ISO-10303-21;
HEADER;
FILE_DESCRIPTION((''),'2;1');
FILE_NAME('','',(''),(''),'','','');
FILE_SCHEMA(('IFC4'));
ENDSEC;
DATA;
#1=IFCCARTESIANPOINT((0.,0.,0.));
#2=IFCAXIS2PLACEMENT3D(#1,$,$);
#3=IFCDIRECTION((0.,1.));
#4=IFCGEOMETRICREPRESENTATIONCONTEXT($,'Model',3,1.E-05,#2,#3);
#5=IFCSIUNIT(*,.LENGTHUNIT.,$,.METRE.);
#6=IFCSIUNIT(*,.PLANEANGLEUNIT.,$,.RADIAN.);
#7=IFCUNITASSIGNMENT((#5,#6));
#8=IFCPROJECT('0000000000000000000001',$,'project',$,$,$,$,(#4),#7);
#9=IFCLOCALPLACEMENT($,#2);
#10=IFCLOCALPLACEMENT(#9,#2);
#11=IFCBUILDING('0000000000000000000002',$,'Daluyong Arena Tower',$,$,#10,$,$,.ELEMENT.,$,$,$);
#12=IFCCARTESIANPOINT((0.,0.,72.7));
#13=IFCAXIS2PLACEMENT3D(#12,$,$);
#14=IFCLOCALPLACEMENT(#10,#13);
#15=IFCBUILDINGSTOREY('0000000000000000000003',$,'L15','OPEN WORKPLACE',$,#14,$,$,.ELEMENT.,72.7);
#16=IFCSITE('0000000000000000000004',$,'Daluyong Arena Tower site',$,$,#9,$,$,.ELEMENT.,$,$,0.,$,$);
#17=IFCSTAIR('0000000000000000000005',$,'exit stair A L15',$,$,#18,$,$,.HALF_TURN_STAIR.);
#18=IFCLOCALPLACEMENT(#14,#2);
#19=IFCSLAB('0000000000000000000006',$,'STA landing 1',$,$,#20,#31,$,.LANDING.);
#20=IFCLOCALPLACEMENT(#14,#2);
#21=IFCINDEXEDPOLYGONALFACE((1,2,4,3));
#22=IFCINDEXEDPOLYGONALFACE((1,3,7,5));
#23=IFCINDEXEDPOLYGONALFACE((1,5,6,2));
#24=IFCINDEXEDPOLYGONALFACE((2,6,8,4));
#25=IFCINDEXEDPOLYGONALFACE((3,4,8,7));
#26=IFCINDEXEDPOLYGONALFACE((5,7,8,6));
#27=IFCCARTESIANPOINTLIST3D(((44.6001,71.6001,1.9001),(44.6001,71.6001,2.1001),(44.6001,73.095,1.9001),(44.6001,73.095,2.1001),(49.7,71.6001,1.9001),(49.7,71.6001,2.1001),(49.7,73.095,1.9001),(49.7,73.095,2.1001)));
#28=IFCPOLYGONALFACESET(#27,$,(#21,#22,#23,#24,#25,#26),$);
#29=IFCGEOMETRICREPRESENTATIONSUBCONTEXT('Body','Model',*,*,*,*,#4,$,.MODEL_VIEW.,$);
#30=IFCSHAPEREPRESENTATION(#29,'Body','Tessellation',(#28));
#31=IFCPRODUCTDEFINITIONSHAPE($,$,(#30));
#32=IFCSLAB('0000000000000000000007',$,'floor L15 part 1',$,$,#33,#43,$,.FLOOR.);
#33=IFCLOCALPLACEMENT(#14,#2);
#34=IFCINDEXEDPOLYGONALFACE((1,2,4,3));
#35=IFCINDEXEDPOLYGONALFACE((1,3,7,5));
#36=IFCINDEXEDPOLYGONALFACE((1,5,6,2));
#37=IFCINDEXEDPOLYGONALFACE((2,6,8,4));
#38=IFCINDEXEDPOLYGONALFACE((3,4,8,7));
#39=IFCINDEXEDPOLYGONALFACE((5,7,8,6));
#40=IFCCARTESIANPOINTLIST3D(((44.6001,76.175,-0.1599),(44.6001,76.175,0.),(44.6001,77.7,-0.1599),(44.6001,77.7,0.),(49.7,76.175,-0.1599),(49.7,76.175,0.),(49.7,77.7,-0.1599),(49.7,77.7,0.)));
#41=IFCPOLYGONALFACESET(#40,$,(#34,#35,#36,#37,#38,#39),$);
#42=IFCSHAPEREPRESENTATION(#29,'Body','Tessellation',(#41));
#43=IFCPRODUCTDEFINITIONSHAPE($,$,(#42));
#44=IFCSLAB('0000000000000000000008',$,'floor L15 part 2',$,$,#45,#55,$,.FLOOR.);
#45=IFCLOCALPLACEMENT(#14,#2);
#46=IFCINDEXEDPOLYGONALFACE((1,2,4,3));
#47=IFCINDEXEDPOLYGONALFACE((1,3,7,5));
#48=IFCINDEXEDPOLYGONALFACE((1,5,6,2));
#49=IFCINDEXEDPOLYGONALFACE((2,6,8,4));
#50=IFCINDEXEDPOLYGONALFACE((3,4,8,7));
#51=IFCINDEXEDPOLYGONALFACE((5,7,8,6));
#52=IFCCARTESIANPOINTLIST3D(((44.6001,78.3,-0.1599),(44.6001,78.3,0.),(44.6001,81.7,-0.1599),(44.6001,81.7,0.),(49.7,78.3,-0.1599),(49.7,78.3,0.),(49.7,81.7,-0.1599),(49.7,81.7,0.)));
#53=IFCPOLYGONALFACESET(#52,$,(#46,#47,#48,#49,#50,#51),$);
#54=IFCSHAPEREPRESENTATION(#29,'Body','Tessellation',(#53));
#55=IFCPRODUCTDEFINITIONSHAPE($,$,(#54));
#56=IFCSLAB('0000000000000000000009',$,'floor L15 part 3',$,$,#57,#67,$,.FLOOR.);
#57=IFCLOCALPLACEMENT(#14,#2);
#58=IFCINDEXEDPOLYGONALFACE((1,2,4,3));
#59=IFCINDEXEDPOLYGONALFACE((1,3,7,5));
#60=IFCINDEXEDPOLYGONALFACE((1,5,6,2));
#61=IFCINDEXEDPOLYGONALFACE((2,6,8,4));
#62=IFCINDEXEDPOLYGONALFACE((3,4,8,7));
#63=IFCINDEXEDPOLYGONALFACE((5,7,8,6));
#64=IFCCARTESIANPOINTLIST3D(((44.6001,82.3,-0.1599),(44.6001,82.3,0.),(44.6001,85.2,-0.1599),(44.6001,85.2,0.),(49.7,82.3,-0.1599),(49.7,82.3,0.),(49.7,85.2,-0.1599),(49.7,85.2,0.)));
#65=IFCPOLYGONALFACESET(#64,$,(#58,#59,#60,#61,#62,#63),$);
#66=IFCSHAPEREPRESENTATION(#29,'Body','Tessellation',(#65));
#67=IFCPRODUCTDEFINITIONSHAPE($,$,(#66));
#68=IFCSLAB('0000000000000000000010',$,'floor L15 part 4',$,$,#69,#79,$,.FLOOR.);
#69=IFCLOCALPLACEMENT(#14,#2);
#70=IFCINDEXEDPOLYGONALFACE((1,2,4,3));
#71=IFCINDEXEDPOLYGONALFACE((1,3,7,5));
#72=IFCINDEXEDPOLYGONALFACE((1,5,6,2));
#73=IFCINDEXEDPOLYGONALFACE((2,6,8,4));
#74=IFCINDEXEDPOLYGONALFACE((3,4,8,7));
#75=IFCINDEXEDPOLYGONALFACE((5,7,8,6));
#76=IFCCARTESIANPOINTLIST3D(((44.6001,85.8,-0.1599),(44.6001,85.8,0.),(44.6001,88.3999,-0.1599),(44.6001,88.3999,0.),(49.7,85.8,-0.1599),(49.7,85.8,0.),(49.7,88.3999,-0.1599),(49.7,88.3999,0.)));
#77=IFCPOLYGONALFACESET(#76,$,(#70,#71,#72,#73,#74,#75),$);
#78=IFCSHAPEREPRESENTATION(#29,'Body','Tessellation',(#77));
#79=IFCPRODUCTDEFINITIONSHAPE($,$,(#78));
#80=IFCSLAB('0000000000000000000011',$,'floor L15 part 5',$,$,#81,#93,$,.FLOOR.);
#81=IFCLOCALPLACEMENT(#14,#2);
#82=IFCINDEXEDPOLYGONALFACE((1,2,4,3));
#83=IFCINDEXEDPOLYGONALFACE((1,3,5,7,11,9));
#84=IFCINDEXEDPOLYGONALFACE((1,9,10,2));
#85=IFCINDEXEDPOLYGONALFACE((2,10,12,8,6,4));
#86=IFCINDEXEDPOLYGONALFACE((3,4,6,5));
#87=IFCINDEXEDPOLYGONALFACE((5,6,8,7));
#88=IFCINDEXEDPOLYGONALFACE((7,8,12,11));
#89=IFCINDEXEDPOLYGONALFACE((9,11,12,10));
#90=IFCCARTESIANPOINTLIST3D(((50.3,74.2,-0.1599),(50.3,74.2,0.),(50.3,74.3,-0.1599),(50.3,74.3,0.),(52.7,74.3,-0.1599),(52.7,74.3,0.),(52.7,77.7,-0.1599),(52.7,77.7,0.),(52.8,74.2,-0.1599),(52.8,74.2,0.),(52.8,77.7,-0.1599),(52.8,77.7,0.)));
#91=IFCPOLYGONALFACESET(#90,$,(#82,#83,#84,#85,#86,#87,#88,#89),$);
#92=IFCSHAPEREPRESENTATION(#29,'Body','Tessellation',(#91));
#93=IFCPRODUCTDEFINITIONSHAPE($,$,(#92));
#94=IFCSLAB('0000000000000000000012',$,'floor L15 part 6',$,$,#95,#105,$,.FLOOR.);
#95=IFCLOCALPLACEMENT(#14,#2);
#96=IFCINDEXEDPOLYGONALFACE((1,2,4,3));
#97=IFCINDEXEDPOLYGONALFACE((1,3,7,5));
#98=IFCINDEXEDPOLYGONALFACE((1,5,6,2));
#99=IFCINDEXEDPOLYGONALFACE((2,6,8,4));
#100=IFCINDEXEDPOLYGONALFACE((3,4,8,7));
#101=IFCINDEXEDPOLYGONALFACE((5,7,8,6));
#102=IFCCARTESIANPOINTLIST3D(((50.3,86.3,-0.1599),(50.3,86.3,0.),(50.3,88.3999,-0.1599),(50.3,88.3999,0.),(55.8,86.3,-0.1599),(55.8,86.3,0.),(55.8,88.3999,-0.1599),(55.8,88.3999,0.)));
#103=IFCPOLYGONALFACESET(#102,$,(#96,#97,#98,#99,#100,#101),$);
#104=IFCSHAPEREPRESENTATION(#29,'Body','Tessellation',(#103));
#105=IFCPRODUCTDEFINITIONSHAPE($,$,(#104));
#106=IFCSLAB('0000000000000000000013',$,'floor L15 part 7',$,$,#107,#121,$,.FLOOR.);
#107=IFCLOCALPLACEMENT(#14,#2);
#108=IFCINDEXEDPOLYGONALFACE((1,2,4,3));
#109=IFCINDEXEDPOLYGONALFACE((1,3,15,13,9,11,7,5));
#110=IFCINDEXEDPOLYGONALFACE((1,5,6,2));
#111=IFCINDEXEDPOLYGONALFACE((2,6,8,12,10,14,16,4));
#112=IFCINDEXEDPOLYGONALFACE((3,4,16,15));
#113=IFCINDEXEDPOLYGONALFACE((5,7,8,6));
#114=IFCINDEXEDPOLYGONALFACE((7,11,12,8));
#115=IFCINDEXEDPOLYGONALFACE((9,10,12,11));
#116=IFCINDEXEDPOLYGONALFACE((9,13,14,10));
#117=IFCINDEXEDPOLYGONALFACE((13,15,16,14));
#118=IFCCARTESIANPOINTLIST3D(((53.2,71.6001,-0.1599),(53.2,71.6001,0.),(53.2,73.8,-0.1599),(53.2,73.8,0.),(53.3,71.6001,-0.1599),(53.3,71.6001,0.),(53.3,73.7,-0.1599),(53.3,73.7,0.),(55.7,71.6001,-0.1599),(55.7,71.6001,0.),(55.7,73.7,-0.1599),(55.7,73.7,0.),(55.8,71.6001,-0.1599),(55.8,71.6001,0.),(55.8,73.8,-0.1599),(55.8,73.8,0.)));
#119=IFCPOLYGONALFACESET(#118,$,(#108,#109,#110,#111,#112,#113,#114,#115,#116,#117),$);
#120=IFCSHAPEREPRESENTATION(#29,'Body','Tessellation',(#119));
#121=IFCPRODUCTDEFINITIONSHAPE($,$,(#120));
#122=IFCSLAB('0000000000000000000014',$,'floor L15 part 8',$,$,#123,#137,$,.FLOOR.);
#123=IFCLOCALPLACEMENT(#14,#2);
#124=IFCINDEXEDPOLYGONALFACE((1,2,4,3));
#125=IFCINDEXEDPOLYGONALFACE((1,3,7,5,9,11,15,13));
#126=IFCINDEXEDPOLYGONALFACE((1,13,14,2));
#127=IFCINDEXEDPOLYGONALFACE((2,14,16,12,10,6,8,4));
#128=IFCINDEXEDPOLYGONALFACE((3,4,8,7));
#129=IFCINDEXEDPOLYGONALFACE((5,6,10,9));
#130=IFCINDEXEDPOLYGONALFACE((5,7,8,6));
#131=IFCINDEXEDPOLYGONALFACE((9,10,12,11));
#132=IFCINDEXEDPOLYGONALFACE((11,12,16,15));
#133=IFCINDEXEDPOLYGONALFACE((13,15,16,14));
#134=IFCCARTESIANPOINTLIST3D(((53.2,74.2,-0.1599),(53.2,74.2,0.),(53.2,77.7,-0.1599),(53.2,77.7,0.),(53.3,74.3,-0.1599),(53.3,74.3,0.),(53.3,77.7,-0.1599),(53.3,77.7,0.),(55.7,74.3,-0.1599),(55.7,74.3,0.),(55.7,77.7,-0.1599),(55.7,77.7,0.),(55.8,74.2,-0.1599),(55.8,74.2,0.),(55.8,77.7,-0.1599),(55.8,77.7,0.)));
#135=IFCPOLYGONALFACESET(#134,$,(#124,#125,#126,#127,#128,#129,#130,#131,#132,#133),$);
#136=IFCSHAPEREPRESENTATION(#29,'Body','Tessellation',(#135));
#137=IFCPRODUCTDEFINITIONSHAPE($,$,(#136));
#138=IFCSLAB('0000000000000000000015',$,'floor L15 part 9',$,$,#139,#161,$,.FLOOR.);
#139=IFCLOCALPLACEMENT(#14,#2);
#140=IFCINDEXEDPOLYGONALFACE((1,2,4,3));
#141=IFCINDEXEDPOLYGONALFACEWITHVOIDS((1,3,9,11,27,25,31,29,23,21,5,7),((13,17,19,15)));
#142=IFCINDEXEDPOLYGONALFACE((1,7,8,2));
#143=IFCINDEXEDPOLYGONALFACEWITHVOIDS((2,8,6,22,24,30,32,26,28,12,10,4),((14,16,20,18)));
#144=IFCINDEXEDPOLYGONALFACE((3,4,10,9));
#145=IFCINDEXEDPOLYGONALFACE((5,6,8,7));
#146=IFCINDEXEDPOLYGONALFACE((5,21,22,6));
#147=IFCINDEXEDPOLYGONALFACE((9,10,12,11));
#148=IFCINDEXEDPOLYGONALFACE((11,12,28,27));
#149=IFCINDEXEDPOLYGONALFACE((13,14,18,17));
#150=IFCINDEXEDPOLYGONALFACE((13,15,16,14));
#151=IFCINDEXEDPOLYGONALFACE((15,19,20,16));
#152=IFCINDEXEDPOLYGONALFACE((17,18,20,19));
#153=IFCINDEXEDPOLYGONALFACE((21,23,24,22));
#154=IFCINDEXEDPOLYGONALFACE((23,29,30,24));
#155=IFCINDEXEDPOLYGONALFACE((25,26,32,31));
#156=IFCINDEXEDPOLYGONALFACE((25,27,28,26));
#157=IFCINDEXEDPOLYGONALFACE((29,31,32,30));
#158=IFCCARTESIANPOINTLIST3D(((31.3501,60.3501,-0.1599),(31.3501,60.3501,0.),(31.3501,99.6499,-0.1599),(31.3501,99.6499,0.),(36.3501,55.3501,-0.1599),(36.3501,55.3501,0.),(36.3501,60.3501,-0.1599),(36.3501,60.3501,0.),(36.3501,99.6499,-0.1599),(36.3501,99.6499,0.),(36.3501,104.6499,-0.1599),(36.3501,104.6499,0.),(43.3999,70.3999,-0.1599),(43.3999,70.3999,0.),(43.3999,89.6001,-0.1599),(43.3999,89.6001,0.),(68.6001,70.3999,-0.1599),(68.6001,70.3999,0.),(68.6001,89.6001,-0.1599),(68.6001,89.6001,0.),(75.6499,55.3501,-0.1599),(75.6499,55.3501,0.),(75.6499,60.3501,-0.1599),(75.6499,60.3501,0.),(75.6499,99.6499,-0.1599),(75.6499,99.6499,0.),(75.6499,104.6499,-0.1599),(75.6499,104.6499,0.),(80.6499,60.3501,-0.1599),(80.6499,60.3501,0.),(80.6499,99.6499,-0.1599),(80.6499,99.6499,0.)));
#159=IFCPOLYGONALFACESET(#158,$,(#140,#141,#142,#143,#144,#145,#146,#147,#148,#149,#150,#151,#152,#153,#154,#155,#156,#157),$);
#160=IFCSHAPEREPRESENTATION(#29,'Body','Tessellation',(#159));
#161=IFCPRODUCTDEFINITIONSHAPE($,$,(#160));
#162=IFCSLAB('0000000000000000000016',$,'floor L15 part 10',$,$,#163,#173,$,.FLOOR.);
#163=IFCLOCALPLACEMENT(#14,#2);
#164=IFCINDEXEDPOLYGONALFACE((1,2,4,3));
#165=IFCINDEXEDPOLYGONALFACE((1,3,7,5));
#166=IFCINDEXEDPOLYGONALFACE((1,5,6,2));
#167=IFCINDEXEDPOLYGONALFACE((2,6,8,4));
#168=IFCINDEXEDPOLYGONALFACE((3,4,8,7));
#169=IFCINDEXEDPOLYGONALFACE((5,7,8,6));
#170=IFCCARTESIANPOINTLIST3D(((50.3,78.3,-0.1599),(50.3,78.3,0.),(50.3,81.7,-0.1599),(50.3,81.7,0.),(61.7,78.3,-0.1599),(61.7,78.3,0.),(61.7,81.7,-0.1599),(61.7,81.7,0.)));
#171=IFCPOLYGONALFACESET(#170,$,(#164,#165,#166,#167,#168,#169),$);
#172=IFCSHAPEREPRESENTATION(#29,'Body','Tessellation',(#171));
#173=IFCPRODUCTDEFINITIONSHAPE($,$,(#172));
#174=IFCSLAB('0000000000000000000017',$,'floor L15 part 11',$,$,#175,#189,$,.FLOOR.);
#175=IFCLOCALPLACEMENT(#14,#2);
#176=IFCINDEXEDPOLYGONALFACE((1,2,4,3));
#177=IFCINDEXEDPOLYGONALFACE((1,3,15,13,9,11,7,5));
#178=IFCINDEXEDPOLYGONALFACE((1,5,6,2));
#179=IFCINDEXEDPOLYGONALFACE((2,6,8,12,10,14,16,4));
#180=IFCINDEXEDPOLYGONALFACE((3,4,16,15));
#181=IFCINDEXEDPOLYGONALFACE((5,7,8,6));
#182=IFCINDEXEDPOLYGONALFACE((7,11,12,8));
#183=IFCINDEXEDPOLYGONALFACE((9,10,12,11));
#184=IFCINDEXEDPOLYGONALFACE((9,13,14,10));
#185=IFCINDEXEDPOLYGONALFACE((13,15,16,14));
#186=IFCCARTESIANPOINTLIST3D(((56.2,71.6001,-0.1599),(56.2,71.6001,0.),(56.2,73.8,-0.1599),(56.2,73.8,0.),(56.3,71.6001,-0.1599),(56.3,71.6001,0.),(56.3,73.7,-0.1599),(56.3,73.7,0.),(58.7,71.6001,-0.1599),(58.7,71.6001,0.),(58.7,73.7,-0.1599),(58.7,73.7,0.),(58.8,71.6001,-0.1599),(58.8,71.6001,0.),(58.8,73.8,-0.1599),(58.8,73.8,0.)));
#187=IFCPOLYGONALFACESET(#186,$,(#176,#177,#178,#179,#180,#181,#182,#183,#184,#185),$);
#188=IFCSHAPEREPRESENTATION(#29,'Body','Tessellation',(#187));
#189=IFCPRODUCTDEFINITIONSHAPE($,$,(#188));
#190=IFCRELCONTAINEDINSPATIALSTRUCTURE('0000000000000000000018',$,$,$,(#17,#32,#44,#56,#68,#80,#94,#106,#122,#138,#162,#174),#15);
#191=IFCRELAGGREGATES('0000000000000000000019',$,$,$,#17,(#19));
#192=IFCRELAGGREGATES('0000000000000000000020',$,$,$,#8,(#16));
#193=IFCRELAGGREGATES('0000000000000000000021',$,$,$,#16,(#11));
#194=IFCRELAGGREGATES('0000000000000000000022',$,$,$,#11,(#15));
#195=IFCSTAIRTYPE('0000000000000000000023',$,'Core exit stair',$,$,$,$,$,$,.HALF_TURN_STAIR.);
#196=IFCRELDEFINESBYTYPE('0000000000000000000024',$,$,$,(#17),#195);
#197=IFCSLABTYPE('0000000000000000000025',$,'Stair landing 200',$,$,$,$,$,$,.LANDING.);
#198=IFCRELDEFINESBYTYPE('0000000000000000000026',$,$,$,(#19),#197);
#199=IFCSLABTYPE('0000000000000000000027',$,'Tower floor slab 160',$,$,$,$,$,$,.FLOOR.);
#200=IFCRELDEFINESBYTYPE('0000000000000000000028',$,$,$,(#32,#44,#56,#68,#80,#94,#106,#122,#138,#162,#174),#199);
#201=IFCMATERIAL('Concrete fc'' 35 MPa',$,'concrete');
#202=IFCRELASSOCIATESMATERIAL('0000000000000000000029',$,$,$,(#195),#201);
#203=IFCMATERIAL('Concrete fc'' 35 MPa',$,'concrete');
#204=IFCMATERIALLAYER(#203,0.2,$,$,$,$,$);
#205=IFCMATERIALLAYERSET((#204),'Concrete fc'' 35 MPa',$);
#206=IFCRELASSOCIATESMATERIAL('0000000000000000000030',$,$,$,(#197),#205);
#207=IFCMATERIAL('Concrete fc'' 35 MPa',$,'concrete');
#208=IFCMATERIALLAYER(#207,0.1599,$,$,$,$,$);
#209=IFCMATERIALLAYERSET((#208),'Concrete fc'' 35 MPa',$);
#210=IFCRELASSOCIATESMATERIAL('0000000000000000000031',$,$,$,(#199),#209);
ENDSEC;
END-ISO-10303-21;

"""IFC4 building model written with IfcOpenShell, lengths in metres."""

from ifc_helpers import new_model, si_unit, direction, frame, origin, place, context, subcontext, project, spatial, polyline, outline, extrude, material, layer, layer_set, type_object, element, aggregate, save


model = new_model("IFC4")

# Units and contexts
model_context = context("Model", 3, precision=1e-05, world=origin(), true_north=direction((0.0, 1.0)))
body_context = subcontext(model_context, "Body", "Model", "MODEL_VIEW")
ifc_project = project(units=[si_unit("LENGTHUNIT", "METRE"), si_unit("PLANEANGLEUNIT", "RADIAN")], contexts=[model_context])

# Site, building, storey
site_placement = place(None, origin())
site = spatial("IfcSite", under=ifc_project, at=site_placement, Name="Daluyong Arena Tower site", CompositionType="ELEMENT", RefElevation=0.0)
building_placement = place(site_placement, origin())
building = spatial("IfcBuilding", under=site, at=building_placement, Name="Daluyong Arena Tower", CompositionType="ELEMENT")
storey_placement = place(building_placement, frame((0.0, 0.0, 72.7)))
storey = spatial("IfcBuildingStorey", under=building, at=storey_placement, Name="L15", Description="OPEN WORKPLACE", CompositionType="ELEMENT", Elevation=72.7)

# Stair, slab
ifc_material_1 = material(Name="Concrete fc' 35 MPa", Category="concrete")
stair_type = type_object("IfcStairType", Name="Core exit stair", PredefinedType="HALF_TURN_STAIR", material=ifc_material_1)
stair_placement = place(storey_placement, origin())
stair = element("IfcStair", 1, at=stair_placement, inside=storey, type_object=stair_type, Name="exit stair A L15", PredefinedType="HALF_TURN_STAIR")
ifc_material_2 = material(Name="Concrete fc' 35 MPa", Category="concrete")
ifc_layer_1 = layer(ifc_material_2, 0.2)
ifc_layer_set_1 = layer_set([ifc_layer_1], Name="Concrete fc' 35 MPa")
slab_type_1 = type_object("IfcSlabType", Name="Stair landing 200", PredefinedType="LANDING", material=ifc_layer_set_1)
slab_1_placement = place(storey_placement, frame((0.0, 0.0, 1.9001)))
slab_1 = element("IfcSlab", 2, at=slab_1_placement, type_object=slab_type_1, Name="STA landing 1", PredefinedType="LANDING", context=body_context, shape_type="SweptSolid", body=[
    extrude(outline(polyline([(44.6001, 71.6001), (49.7, 71.6001), (49.7, 73.095), (44.6001, 73.095), (44.6001, 71.6001)])), origin(), (0.0, 0.0, 1.0), 0.2),
])
aggregate(stair, [slab_1])

# Slabs
ifc_material_3 = material(Name="Concrete fc' 35 MPa", Category="concrete")
ifc_layer_2 = layer(ifc_material_3, 0.1599)
ifc_layer_set_2 = layer_set([ifc_layer_2], Name="Concrete fc' 35 MPa")
slab_type_2 = type_object("IfcSlabType", Name="Tower floor slab 160", PredefinedType="FLOOR", material=ifc_layer_set_2)
slab_2_placement = place(storey_placement, frame((0.0, 0.0, -0.1599)))
element("IfcSlab", 3, at=slab_2_placement, inside=storey, type_object=slab_type_2, Name="floor L15 part 1", PredefinedType="FLOOR", context=body_context, shape_type="SweptSolid", body=[
    extrude(outline(polyline([(49.7, 76.175), (49.7, 77.7), (44.6001, 77.7), (44.6001, 76.175), (49.7, 76.175)])), origin(), (0.0, 0.0, 1.0), 0.1599),
])
slab_3_placement = place(storey_placement, frame((0.0, 0.0, -0.1599)))
element("IfcSlab", 4, at=slab_3_placement, inside=storey, type_object=slab_type_2, Name="floor L15 part 2", PredefinedType="FLOOR", context=body_context, shape_type="SweptSolid", body=[
    extrude(outline(polyline([(49.7, 78.3), (49.7, 81.7), (44.6001, 81.7), (44.6001, 78.3), (49.7, 78.3)])), origin(), (0.0, 0.0, 1.0), 0.1599),
])
slab_4_placement = place(storey_placement, frame((0.0, 0.0, -0.1599)))
element("IfcSlab", 5, at=slab_4_placement, inside=storey, type_object=slab_type_2, Name="floor L15 part 3", PredefinedType="FLOOR", context=body_context, shape_type="SweptSolid", body=[
    extrude(outline(polyline([(49.7, 82.3), (49.7, 85.2), (44.6001, 85.2), (44.6001, 82.3), (49.7, 82.3)])), origin(), (0.0, 0.0, 1.0), 0.1599),
])
slab_5_placement = place(storey_placement, frame((0.0, 0.0, -0.1599)))
element("IfcSlab", 6, at=slab_5_placement, inside=storey, type_object=slab_type_2, Name="floor L15 part 4", PredefinedType="FLOOR", context=body_context, shape_type="SweptSolid", body=[
    extrude(outline(polyline([(44.6001, 88.3999), (44.6001, 85.8), (49.7, 85.8), (49.7, 88.3999), (44.6001, 88.3999)])), origin(), (0.0, 0.0, 1.0), 0.1599),
])
slab_6_placement = place(storey_placement, frame((0.0, 0.0, -0.1599)))
element("IfcSlab", 7, at=slab_6_placement, inside=storey, type_object=slab_type_2, Name="floor L15 part 5", PredefinedType="FLOOR", context=body_context, shape_type="SweptSolid", body=[
    extrude(outline(polyline([(50.3, 74.3), (50.3, 74.2), (52.8, 74.2), (52.8, 77.7), (52.7, 77.7), (52.7, 74.3), (50.3, 74.3)])), origin(), (0.0, 0.0, 1.0), 0.1599),
])
slab_7_placement = place(storey_placement, frame((0.0, 0.0, -0.1599)))
element("IfcSlab", 8, at=slab_7_placement, inside=storey, type_object=slab_type_2, Name="floor L15 part 6", PredefinedType="FLOOR", context=body_context, shape_type="SweptSolid", body=[
    extrude(outline(polyline([(50.3, 88.3999), (50.3, 86.3), (55.8, 86.3), (55.8, 88.3999), (50.3, 88.3999)])), origin(), (0.0, 0.0, 1.0), 0.1599),
])
slab_8_placement = place(storey_placement, frame((0.0, 0.0, -0.1599)))
element("IfcSlab", 9, at=slab_8_placement, inside=storey, type_object=slab_type_2, Name="floor L15 part 7", PredefinedType="FLOOR", context=body_context, shape_type="SweptSolid", body=[
    extrude(outline(polyline([(55.7, 73.7), (55.7, 71.6001), (55.8, 71.6001), (55.8, 73.8), (53.2, 73.8), (53.2, 71.6001), (53.3, 71.6001), (53.3, 73.7), (55.7, 73.7)])), origin(), (0.0, 0.0, 1.0), 0.1599),
])
slab_9_placement = place(storey_placement, frame((0.0, 0.0, -0.1599)))
element("IfcSlab", 10, at=slab_9_placement, inside=storey, type_object=slab_type_2, Name="floor L15 part 8", PredefinedType="FLOOR", context=body_context, shape_type="SweptSolid", body=[
    extrude(outline(polyline([(53.2, 77.7), (53.2, 74.2), (55.8, 74.2), (55.8, 77.7), (55.7, 77.7), (55.7, 74.3), (53.3, 74.3), (53.3, 77.7), (53.2, 77.7)])), origin(), (0.0, 0.0, 1.0), 0.1599),
])
slab_10_placement = place(storey_placement, frame((0.0, 0.0, -0.1599)))
element("IfcSlab", 11, at=slab_10_placement, inside=storey, type_object=slab_type_2, Name="floor L15 part 9", PredefinedType="FLOOR", context=body_context, shape_type="SweptSolid", body=[
    extrude(outline(polyline([(36.3501, 60.3501), (36.3501, 55.3501), (75.6499, 55.3501), (75.6499, 60.3501), (80.6499, 60.3501), (80.6499, 99.6499), (75.6499, 99.6499), (75.6499, 104.6499), (36.3501, 104.6499), (36.3501, 99.6499), (31.3501, 99.6499), (31.3501, 60.3501), (36.3501, 60.3501)]), holes=[polyline([(68.6001, 89.6001), (68.6001, 70.3999), (43.3999, 70.3999), (43.3999, 89.6001), (68.6001, 89.6001)])]), origin(), (0.0, 0.0, 1.0), 0.1599),
])
slab_11_placement = place(storey_placement, frame((0.0, 0.0, -0.1599)))
element("IfcSlab", 12, at=slab_11_placement, inside=storey, type_object=slab_type_2, Name="floor L15 part 10", PredefinedType="FLOOR", context=body_context, shape_type="SweptSolid", body=[
    extrude(outline(polyline([(61.7, 81.7), (50.3, 81.7), (50.3, 78.3), (61.7, 78.3), (61.7, 81.7)])), origin(), (0.0, 0.0, 1.0), 0.1599),
])
slab_12_placement = place(storey_placement, frame((0.0, 0.0, -0.1599)))
element("IfcSlab", 13, at=slab_12_placement, inside=storey, type_object=slab_type_2, Name="floor L15 part 11", PredefinedType="FLOOR", context=body_context, shape_type="SweptSolid", body=[
    extrude(outline(polyline([(58.7, 73.7), (58.7, 71.6001), (58.8, 71.6001), (58.8, 73.8), (56.2, 73.8), (56.2, 71.6001), (56.3, 71.6001), (56.3, 73.7), (58.7, 73.7)])), origin(), (0.0, 0.0, 1.0), 0.1599),
])

save(model, "model.ifc")
